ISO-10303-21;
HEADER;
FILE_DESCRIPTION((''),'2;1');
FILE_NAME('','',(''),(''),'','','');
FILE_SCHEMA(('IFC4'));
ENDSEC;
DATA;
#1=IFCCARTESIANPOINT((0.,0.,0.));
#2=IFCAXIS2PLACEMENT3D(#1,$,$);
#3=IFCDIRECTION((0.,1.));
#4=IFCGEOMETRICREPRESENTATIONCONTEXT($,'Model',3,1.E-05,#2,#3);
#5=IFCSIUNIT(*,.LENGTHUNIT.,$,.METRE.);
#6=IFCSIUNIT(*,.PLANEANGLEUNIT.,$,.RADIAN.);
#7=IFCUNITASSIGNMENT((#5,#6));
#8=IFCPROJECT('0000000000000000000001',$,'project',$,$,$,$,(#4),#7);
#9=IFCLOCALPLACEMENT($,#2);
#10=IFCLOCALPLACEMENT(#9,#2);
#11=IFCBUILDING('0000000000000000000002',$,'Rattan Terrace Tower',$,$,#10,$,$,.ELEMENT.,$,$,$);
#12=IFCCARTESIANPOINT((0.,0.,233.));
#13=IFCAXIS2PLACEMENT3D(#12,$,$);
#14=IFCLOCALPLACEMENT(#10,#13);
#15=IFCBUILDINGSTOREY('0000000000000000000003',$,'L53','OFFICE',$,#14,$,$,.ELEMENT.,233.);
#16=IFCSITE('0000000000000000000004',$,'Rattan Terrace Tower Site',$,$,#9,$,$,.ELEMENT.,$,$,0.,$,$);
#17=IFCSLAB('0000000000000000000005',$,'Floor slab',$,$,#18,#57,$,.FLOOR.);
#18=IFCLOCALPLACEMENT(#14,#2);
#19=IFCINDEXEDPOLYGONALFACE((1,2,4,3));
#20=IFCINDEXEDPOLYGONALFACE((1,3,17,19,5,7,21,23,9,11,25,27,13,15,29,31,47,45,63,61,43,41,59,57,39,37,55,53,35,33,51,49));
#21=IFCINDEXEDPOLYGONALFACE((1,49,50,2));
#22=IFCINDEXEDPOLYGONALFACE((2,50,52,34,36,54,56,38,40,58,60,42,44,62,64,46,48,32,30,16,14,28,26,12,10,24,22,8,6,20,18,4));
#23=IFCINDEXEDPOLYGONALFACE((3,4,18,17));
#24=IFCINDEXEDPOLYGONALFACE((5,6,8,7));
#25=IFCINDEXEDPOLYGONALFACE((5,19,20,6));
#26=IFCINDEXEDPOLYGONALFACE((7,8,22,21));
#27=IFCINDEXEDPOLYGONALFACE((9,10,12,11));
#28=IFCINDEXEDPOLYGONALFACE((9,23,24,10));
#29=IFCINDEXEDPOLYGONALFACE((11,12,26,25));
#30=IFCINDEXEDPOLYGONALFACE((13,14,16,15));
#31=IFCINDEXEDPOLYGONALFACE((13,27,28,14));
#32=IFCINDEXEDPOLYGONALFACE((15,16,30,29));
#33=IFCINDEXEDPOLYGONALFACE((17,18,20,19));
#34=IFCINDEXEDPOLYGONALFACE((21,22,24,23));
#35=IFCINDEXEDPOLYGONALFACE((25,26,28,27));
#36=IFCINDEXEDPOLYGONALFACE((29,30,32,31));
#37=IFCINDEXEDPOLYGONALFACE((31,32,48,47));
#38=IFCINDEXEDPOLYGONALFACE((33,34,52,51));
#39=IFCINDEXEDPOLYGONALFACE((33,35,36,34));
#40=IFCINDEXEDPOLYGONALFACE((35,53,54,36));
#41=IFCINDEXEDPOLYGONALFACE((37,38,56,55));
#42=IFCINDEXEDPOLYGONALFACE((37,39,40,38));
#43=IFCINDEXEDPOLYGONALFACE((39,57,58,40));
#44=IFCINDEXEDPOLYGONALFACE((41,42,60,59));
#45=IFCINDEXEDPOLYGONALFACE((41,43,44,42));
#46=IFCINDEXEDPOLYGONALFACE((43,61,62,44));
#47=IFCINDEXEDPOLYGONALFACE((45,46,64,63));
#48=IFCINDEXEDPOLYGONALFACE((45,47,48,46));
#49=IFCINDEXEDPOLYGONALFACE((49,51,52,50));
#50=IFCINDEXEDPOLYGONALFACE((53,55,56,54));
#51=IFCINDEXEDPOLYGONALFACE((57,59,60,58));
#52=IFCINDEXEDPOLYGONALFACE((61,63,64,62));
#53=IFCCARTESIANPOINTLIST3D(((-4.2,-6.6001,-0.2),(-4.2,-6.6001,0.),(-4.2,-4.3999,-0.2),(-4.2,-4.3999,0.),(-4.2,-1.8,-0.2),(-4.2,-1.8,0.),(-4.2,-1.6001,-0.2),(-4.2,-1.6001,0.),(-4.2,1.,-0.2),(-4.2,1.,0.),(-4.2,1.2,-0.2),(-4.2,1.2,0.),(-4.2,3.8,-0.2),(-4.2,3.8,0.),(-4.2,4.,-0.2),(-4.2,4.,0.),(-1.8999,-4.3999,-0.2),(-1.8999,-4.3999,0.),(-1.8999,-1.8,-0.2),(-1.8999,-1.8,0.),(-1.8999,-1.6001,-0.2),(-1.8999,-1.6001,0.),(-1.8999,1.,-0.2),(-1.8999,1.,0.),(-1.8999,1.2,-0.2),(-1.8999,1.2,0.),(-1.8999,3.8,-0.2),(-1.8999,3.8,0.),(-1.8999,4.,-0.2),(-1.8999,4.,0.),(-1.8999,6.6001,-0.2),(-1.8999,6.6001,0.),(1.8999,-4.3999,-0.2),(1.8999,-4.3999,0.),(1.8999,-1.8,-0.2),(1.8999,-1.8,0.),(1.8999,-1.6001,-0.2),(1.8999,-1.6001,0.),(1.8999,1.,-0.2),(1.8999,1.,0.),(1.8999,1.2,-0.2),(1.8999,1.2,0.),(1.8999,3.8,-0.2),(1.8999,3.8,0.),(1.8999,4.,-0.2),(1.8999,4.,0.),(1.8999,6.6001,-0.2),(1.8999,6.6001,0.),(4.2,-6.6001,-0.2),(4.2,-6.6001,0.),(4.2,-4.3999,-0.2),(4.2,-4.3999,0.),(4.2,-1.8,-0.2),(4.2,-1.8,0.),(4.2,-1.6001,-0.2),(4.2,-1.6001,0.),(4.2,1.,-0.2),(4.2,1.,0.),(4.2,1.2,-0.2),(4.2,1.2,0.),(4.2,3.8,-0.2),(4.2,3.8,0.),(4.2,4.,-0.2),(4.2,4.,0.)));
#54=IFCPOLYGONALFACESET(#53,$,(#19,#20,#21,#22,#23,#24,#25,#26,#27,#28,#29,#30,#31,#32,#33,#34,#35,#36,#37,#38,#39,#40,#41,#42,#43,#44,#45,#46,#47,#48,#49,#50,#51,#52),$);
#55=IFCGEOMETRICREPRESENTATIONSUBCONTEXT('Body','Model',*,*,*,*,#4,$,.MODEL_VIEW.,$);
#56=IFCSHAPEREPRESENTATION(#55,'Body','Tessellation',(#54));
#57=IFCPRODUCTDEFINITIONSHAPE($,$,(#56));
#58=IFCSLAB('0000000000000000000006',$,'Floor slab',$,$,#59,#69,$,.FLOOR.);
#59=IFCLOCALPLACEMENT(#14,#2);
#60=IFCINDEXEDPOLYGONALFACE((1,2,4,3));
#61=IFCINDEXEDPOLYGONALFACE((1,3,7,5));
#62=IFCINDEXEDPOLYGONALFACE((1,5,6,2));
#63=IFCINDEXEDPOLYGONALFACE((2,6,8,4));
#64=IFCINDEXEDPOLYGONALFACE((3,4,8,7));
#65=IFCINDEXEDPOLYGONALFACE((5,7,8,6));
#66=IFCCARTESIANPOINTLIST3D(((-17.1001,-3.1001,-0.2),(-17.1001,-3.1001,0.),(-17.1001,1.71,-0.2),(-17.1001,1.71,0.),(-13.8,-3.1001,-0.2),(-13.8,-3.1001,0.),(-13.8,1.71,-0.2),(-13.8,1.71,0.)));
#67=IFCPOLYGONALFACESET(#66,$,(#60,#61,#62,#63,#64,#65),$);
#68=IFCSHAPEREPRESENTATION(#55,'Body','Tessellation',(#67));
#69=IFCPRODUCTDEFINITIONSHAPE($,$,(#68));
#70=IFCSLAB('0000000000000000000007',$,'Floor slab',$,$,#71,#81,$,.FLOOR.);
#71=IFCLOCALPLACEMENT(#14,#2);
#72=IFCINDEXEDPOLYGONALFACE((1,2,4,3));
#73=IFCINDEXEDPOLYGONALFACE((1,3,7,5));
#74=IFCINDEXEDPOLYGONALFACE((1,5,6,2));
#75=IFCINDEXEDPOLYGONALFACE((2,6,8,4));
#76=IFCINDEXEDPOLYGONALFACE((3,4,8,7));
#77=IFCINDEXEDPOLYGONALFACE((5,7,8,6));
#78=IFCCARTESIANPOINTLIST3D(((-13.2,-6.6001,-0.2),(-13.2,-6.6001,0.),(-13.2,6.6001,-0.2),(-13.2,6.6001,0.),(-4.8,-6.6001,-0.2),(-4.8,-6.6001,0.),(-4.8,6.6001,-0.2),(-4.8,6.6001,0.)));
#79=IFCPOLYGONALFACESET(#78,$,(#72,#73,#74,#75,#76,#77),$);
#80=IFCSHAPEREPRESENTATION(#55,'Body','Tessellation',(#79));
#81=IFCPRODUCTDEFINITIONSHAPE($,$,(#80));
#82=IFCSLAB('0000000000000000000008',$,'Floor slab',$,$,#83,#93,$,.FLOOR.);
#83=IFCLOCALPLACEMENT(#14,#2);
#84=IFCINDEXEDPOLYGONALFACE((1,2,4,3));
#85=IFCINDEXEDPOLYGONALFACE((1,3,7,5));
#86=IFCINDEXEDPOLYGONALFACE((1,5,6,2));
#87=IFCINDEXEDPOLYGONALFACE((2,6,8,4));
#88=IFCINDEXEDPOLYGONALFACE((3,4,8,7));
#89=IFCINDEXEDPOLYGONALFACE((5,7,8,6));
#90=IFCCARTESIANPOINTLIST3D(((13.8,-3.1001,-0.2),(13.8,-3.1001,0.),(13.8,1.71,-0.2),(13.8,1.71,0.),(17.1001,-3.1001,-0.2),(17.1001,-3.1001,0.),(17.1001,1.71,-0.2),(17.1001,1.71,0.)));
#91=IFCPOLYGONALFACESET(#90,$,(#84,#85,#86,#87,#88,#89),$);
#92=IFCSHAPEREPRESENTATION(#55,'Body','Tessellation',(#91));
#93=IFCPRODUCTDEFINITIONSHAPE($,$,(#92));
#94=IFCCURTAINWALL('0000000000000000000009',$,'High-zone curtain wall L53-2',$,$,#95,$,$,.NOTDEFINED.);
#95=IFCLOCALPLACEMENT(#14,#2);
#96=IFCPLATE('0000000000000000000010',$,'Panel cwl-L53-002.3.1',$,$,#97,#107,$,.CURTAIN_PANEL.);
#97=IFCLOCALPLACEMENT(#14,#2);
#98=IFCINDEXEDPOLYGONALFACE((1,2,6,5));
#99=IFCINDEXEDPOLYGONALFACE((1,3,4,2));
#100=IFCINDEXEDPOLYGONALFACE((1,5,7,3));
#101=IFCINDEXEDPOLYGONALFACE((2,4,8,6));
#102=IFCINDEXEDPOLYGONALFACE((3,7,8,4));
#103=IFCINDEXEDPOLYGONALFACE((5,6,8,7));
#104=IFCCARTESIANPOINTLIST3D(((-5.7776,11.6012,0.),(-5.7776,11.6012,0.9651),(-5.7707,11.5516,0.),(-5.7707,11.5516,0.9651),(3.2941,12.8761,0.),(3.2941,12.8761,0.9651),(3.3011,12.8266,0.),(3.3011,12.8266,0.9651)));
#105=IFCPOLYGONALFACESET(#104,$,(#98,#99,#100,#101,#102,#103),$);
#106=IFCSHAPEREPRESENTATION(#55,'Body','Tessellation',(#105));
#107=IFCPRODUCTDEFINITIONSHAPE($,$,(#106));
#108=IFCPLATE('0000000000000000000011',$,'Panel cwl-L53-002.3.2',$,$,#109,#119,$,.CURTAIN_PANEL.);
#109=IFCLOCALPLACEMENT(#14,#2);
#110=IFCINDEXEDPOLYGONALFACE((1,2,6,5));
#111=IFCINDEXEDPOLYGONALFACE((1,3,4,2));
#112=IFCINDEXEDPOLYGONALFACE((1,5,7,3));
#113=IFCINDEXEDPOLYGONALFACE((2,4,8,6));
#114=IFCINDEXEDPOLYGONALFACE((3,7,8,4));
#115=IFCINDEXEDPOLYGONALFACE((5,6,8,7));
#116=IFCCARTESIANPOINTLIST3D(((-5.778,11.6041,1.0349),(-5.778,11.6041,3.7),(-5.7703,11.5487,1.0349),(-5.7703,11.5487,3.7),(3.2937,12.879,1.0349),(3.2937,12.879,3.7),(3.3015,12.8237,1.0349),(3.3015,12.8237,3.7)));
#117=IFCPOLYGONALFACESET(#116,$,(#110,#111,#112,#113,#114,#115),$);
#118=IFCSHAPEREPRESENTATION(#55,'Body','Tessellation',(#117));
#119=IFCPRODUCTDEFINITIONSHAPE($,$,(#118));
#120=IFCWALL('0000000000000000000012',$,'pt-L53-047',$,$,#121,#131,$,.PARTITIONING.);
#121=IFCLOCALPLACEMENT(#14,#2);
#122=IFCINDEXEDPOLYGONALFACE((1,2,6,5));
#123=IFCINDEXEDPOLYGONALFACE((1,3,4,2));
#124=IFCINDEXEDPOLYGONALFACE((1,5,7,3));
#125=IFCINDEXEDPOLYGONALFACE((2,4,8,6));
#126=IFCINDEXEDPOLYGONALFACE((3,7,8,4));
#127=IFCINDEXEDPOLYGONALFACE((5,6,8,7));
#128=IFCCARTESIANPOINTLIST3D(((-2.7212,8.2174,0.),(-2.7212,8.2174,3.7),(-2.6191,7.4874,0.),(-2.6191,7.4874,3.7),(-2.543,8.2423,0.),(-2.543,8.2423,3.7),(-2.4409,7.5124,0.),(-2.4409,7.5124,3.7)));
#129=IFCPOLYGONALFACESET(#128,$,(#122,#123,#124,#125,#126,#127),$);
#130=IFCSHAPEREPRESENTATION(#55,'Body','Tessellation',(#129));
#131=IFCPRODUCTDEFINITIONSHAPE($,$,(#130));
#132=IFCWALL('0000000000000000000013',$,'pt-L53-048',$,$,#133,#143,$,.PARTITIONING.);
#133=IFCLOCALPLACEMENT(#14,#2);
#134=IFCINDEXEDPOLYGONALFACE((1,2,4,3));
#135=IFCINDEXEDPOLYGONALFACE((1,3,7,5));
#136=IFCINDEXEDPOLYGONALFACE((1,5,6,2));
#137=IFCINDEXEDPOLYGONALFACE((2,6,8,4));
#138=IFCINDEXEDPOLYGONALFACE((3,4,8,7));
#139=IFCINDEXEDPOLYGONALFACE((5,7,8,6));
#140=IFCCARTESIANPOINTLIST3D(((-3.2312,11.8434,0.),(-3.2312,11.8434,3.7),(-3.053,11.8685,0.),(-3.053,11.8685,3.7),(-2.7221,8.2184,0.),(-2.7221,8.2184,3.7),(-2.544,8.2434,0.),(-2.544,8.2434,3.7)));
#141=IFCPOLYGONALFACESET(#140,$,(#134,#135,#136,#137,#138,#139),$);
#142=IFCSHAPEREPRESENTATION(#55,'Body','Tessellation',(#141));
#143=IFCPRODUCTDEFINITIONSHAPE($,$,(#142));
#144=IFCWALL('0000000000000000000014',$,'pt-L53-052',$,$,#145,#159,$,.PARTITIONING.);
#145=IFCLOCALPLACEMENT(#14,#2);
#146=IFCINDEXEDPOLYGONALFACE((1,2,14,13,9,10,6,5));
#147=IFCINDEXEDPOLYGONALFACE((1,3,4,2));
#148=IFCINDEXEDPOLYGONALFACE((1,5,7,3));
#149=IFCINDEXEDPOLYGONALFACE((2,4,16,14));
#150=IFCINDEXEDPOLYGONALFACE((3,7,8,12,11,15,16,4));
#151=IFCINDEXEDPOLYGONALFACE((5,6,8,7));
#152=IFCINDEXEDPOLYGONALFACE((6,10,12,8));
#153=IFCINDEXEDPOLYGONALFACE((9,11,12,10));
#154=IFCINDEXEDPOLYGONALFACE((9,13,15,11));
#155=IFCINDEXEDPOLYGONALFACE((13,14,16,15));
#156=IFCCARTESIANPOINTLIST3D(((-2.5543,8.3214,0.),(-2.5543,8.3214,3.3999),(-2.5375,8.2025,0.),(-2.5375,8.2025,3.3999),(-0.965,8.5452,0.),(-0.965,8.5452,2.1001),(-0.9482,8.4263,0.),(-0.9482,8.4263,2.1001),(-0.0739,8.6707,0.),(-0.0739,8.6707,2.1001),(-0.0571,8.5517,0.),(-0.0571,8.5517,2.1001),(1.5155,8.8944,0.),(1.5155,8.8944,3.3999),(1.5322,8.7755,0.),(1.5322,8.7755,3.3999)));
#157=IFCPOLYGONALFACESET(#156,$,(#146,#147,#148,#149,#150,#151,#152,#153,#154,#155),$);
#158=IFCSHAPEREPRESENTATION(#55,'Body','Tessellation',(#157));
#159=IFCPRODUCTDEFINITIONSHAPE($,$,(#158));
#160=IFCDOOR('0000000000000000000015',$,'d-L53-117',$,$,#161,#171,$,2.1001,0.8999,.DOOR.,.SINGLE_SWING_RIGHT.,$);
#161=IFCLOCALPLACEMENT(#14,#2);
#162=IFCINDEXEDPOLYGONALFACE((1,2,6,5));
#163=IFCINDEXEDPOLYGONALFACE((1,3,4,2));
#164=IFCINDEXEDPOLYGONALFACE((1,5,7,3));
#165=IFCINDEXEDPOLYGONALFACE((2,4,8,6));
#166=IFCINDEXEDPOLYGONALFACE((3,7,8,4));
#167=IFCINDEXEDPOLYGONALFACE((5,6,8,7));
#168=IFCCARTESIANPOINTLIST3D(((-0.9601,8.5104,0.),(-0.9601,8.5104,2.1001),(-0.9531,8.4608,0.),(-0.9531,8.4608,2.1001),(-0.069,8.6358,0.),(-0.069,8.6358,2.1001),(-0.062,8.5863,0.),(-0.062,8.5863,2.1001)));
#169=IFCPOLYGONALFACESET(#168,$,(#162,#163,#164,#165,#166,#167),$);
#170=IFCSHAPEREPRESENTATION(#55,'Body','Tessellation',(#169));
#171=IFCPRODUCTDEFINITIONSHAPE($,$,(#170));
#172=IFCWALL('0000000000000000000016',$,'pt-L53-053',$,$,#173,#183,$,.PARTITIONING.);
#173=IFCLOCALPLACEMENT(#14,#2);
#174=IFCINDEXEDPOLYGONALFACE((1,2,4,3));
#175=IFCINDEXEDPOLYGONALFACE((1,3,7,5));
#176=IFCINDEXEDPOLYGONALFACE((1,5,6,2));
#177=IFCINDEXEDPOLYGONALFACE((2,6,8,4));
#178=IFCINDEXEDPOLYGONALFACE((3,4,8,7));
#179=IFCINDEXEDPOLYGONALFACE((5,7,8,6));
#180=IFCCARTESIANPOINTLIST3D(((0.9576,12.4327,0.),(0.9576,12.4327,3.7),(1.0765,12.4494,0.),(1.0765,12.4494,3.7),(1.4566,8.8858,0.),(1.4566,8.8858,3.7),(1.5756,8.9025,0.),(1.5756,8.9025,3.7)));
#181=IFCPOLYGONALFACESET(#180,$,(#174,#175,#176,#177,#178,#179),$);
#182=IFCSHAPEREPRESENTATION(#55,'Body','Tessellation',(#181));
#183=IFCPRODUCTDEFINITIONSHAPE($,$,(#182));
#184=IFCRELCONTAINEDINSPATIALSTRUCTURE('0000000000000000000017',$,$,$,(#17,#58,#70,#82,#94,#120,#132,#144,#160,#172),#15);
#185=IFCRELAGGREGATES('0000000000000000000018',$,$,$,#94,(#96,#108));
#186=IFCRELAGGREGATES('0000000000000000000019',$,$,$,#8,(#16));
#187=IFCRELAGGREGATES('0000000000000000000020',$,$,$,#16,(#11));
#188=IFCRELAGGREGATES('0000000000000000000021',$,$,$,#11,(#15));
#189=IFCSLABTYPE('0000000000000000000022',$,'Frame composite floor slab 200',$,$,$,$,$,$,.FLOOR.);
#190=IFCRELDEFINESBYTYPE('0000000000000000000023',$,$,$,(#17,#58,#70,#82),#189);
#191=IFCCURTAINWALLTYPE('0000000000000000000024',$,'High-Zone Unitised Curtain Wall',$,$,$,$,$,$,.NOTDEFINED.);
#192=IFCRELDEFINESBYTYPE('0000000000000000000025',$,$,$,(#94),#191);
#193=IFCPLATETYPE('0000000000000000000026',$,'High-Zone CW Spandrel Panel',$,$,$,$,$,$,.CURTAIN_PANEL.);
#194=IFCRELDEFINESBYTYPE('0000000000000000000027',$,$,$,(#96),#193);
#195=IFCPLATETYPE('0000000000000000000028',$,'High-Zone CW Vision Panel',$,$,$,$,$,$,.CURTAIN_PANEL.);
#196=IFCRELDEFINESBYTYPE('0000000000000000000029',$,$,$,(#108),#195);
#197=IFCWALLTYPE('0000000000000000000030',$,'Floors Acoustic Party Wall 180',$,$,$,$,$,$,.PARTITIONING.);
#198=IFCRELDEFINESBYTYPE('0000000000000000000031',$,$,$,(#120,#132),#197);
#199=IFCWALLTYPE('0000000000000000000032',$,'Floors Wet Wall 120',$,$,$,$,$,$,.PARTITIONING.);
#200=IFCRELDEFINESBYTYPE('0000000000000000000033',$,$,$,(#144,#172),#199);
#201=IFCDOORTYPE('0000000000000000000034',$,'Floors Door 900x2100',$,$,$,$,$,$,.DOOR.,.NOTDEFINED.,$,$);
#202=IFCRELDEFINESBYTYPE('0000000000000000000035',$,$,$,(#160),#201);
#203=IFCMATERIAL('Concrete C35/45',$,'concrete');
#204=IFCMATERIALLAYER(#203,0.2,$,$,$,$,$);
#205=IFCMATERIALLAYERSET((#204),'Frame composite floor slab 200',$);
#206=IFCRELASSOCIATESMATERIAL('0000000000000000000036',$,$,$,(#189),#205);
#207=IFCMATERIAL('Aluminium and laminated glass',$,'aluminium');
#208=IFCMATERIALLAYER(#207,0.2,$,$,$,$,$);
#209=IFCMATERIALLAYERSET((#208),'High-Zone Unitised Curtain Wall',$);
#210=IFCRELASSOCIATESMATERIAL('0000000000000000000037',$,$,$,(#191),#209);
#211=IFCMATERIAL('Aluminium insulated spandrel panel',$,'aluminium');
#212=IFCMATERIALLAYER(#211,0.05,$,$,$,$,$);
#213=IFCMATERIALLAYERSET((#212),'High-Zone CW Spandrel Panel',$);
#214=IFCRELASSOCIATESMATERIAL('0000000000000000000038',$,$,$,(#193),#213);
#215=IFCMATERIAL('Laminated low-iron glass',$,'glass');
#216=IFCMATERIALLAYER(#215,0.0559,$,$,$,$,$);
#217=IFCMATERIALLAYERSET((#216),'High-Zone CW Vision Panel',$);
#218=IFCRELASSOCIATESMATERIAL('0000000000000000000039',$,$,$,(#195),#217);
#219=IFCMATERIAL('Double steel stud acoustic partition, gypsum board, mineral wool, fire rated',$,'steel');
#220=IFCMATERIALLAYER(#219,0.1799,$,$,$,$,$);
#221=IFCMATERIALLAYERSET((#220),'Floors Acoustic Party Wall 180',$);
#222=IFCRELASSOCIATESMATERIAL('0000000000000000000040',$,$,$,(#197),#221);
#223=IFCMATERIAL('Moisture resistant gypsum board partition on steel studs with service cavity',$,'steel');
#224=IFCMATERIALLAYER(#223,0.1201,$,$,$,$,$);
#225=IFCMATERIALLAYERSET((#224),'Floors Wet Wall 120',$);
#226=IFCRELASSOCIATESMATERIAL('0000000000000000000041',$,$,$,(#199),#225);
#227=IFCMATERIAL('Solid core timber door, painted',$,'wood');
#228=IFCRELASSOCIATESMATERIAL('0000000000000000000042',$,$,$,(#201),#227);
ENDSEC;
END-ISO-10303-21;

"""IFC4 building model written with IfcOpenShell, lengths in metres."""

from ifc_helpers import new_model, si_unit, direction, frame, frame_2d, origin, origin_2d, place, context, subcontext, project, spatial, polyline, rectangle, outline, extrude, material, layer, layer_set, type_object, element, fill, aggregate, save


model = new_model("IFC4")

# Units and contexts
model_context = context("Model", 3, precision=1e-05, world=origin(), true_north=direction((0.0, 1.0)))
body_context = subcontext(model_context, "Body", "Model", "MODEL_VIEW")
ifc_project = project(units=[si_unit("LENGTHUNIT", "METRE"), si_unit("PLANEANGLEUNIT", "RADIAN")], contexts=[model_context])

# Site, building, storey
site_placement = place(None, origin())
site = spatial("IfcSite", under=ifc_project, at=site_placement, Name="Rattan Terrace Tower Site", CompositionType="ELEMENT", RefElevation=0.0)
building_placement = place(site_placement, origin())
building = spatial("IfcBuilding", under=site, at=building_placement, Name="Rattan Terrace Tower", CompositionType="ELEMENT")
storey_placement = place(building_placement, frame((0.0, 0.0, 233.0)))
storey = spatial("IfcBuildingStorey", under=building, at=storey_placement, Name="L53", Description="OFFICE", CompositionType="ELEMENT", Elevation=233.0)

# Slabs
ifc_material_1 = material(Name="Concrete C35/45", Category="concrete")
ifc_layer_1 = layer(ifc_material_1, 0.2)
ifc_layer_set_1 = layer_set([ifc_layer_1], Name="Frame composite floor slab 200")
slab_type_1 = type_object("IfcSlabType", Name="Frame composite floor slab 200", PredefinedType="FLOOR", material=ifc_layer_set_1)
slab_1_placement = place(storey_placement, frame((0.0, 0.0, -0.2)))
element("IfcSlab", 1, at=slab_1_placement, inside=storey, type_object=slab_type_1, Name="Floor slab", PredefinedType="FLOOR", context=body_context, shape_type="SweptSolid", body=[
    extrude(outline(polyline([(1.8999, 6.6001), (-1.8999, 6.6001), (-1.8999, 4.0), (-4.2, 4.0), (-4.2, 3.8), (-1.8999, 3.8), (-1.8999, 1.2), (-4.2, 1.2), (-4.2, 1.0), (-1.8999, 1.0), (-1.8999, -1.6001), (-4.2, -1.6001), (-4.2, -1.8), (-1.8999, -1.8), (-1.8999, -4.3999), (-4.2, -4.3999), (-4.2, -6.6001), (4.2, -6.6001), (4.2, -4.3999), (1.8999, -4.3999), (1.8999, -1.8), (4.2, -1.8), (4.2, -1.6001), (1.8999, -1.6001), (1.8999, 1.0), (4.2, 1.0), (4.2, 1.2), (1.8999, 1.2), (1.8999, 3.8), (4.2, 3.8), (4.2, 4.0), (1.8999, 4.0), (1.8999, 6.6001)])), origin(), (0.0, 0.0, 1.0), 0.2),
])
slab_2_placement = place(storey_placement, frame((0.0, 0.0, -0.2)))
element("IfcSlab", 2, at=slab_2_placement, inside=storey, type_object=slab_type_1, Name="Floor slab", PredefinedType="FLOOR", context=body_context, shape_type="SweptSolid", body=[
    extrude(outline(polyline([(-17.1001, -3.1001), (-13.8, -3.1001), (-13.8, 1.71), (-17.1001, 1.71), (-17.1001, -3.1001)])), origin(), (0.0, 0.0, 1.0), 0.2),
])
slab_3_placement = place(storey_placement, frame((0.0, 0.0, -0.2)))
element("IfcSlab", 3, at=slab_3_placement, inside=storey, type_object=slab_type_1, Name="Floor slab", PredefinedType="FLOOR", context=body_context, shape_type="SweptSolid", body=[
    extrude(outline(polyline([(-4.8, -6.6001), (-4.8, 6.6001), (-13.2, 6.6001), (-13.2, -6.6001), (-4.8, -6.6001)])), origin(), (0.0, 0.0, 1.0), 0.2),
])
slab_4_placement = place(storey_placement, frame((0.0, 0.0, -0.2)))
element("IfcSlab", 4, at=slab_4_placement, inside=storey, type_object=slab_type_1, Name="Floor slab", PredefinedType="FLOOR", context=body_context, shape_type="SweptSolid", body=[
    extrude(outline(polyline([(13.8, -3.1001), (17.1001, -3.1001), (17.1001, 1.71), (13.8, 1.71), (13.8, -3.1001)])), origin(), (0.0, 0.0, 1.0), 0.2),
])

# Curtain wall, plates
ifc_material_2 = material(Name="Aluminium and laminated glass", Category="aluminium")
ifc_layer_2 = layer(ifc_material_2, 0.2)
ifc_layer_set_2 = layer_set([ifc_layer_2], Name="High-Zone Unitised Curtain Wall")
curtain_wall_type = type_object("IfcCurtainWallType", Name="High-Zone Unitised Curtain Wall", PredefinedType="NOTDEFINED", material=ifc_layer_set_2)
curtain_wall_placement = place(storey_placement, origin())
curtain_wall = element("IfcCurtainWall", 5, at=curtain_wall_placement, inside=storey, type_object=curtain_wall_type, Name="High-zone curtain wall L53-2", PredefinedType="NOTDEFINED")
ifc_material_3 = material(Name="Aluminium insulated spandrel panel", Category="aluminium")
ifc_layer_3 = layer(ifc_material_3, 0.05)
ifc_layer_set_3 = layer_set([ifc_layer_3], Name="High-Zone CW Spandrel Panel")
plate_type_1 = type_object("IfcPlateType", Name="High-Zone CW Spandrel Panel", PredefinedType="CURTAIN_PANEL", material=ifc_layer_set_3)
plate_1_placement = place(storey_placement, frame((-1.2383, 12.2139, 0.0), z_axis=(0.0, 0.0, 1.0), x_axis=(-0.990267, -0.139177, 0.0)))
plate_1 = element("IfcPlate", 6, at=plate_1_placement, type_object=plate_type_1, Name="Panel cwl-L53-002.3.1", PredefinedType="CURTAIN_PANEL", context=body_context, shape_type="SweptSolid", body=[
    extrude(rectangle(XDim=9.1609, YDim=0.05, at=origin_2d()), origin(), (0.0, 0.0, 1.0), 0.9651),
])
ifc_material_4 = material(Name="Laminated low-iron glass", Category="glass")
ifc_layer_4 = layer(ifc_material_4, 0.0559)
ifc_layer_set_4 = layer_set([ifc_layer_4], Name="High-Zone CW Vision Panel")
plate_type_2 = type_object("IfcPlateType", Name="High-Zone CW Vision Panel", PredefinedType="CURTAIN_PANEL", material=ifc_layer_set_4)
plate_2_placement = place(storey_placement, frame((-1.2383, 12.2139, 1.0349), z_axis=(0.0, 0.0, 1.0), x_axis=(-0.990267, -0.139177, 0.0)))
plate_2 = element("IfcPlate", 7, at=plate_2_placement, type_object=plate_type_2, Name="Panel cwl-L53-002.3.2", PredefinedType="CURTAIN_PANEL", context=body_context, shape_type="SweptSolid", body=[
    extrude(rectangle(XDim=9.1609, YDim=0.0559, at=origin_2d()), origin(), (0.0, 0.0, 1.0), 2.665),
])
aggregate(curtain_wall, [plate_1, plate_2])

# Walls
ifc_material_5 = material(Name="Double steel stud acoustic partition, gypsum board, mineral wool, fire rated", Category="steel")
ifc_layer_5 = layer(ifc_material_5, 0.1799)
ifc_layer_set_5 = layer_set([ifc_layer_5], Name="Floors Acoustic Party Wall 180")
wall_type_1 = type_object("IfcWallType", Name="Floors Acoustic Party Wall 180", PredefinedType="PARTITIONING", material=ifc_layer_set_5)
wall_1_placement = place(storey_placement, frame((-2.6321, 8.23, 0.0), z_axis=(0.0, 0.0, 1.0), x_axis=(0.138453, -0.990369, 0.0)))
element("IfcWall", 8, at=wall_1_placement, inside=storey, type_object=wall_type_1, Name="pt-L53-047", PredefinedType="PARTITIONING", context=body_context, shape_type="SweptSolid", body=[
    extrude(rectangle(XDim=0.7371, YDim=0.1799, at=frame_2d((0.3687, 0.0))), origin(), (0.0, 0.0, 1.0), 3.7),
])
wall_2_placement = place(storey_placement, frame((-3.1421, 11.856, 0.0), z_axis=(0.0, 0.0, 1.0), x_axis=(0.139059, -0.990284, 0.0)))
element("IfcWall", 9, at=wall_2_placement, inside=storey, type_object=wall_type_1, Name="pt-L53-048", PredefinedType="PARTITIONING", context=body_context, shape_type="SweptSolid", body=[
    extrude(rectangle(XDim=3.6606, YDim=0.1799, at=frame_2d((1.8303, 0.0))), origin(), (0.0, 0.0, 1.0), 3.7),
])

# Wall, opening, door
ifc_material_6 = material(Name="Moisture resistant gypsum board partition on steel studs with service cavity", Category="steel")
ifc_layer_6 = layer(ifc_material_6, 0.1201)
ifc_layer_set_6 = layer_set([ifc_layer_6], Name="Floors Wet Wall 120")
wall_type_2 = type_object("IfcWallType", Name="Floors Wet Wall 120", PredefinedType="PARTITIONING", material=ifc_layer_set_6)
wall_3_placement = place(storey_placement, frame((-2.5459, 8.262, 0.0), z_axis=(0.0, 0.0, 1.0), x_axis=(0.990234, 0.139417, 0.0)))
wall_3 = element("IfcWall", 10, at=wall_3_placement, inside=storey, type_object=wall_type_2, Name="pt-L53-052", PredefinedType="PARTITIONING", context=body_context, shape_type="SweptSolid", body=[
    extrude(rectangle(XDim=4.1099, YDim=0.1201, at=frame_2d((2.0549, 0.0))), origin(), (0.0, 0.0, 1.0), 3.3999),
])
opening_placement = place(wall_3_placement, frame((1.605, 0.0, 0.0)))
opening = element("IfcOpeningElement", 11, at=opening_placement, cuts=wall_3, PredefinedType="OPENING", context=body_context, shape_type="SweptSolid", body=[
    extrude(rectangle(XDim=0.8999, YDim=2.1001, at=frame_2d((0.45, 1.05))), frame((0.0, 0.0706, 0.0), z_axis=(0.0, -1.0, 0.0), x_axis=(1.0, 0.0, 0.0)), (0.0, 0.0, 1.0), 0.1411),
])
ifc_material_7 = material(Name="Solid core timber door, painted", Category="wood")
door_type = type_object("IfcDoorType", Name="Floors Door 900x2100", OperationType="NOTDEFINED", PredefinedType="DOOR", material=ifc_material_7)
door_placement = place(opening_placement, origin())
door = element("IfcDoor", 12, at=door_placement, inside=storey, type_object=door_type, Name="d-L53-117", OperationType="SINGLE_SWING_RIGHT", OverallHeight=2.1001, OverallWidth=0.8999, PredefinedType="DOOR", context=body_context, shape_type="SweptSolid", body=[
    extrude(rectangle(XDim=0.8999, YDim=2.1001, at=frame_2d((0.45, 1.05))), frame((0.0, 0.0249, 0.0), z_axis=(0.0, -1.0, 0.0), x_axis=(1.0, 0.0, 0.0)), (0.0, 0.0, 1.0), 0.05),
])
fill(opening, door)

# Wall
wall_4_placement = place(storey_placement, frame((1.5161, 8.894, 0.0), z_axis=(0.0, 0.0, 1.0), x_axis=(-0.139322, 0.990247, 0.0)))
element("IfcWall", 13, at=wall_4_placement, inside=storey, type_object=wall_type_2, Name="pt-L53-053", PredefinedType="PARTITIONING", context=body_context, shape_type="SweptSolid", body=[
    extrude(rectangle(XDim=3.5818, YDim=0.1201, at=frame_2d((1.791, 0.0))), origin(), (0.0, 0.0, 1.0), 3.7),
])

save(model, "model.ifc")
